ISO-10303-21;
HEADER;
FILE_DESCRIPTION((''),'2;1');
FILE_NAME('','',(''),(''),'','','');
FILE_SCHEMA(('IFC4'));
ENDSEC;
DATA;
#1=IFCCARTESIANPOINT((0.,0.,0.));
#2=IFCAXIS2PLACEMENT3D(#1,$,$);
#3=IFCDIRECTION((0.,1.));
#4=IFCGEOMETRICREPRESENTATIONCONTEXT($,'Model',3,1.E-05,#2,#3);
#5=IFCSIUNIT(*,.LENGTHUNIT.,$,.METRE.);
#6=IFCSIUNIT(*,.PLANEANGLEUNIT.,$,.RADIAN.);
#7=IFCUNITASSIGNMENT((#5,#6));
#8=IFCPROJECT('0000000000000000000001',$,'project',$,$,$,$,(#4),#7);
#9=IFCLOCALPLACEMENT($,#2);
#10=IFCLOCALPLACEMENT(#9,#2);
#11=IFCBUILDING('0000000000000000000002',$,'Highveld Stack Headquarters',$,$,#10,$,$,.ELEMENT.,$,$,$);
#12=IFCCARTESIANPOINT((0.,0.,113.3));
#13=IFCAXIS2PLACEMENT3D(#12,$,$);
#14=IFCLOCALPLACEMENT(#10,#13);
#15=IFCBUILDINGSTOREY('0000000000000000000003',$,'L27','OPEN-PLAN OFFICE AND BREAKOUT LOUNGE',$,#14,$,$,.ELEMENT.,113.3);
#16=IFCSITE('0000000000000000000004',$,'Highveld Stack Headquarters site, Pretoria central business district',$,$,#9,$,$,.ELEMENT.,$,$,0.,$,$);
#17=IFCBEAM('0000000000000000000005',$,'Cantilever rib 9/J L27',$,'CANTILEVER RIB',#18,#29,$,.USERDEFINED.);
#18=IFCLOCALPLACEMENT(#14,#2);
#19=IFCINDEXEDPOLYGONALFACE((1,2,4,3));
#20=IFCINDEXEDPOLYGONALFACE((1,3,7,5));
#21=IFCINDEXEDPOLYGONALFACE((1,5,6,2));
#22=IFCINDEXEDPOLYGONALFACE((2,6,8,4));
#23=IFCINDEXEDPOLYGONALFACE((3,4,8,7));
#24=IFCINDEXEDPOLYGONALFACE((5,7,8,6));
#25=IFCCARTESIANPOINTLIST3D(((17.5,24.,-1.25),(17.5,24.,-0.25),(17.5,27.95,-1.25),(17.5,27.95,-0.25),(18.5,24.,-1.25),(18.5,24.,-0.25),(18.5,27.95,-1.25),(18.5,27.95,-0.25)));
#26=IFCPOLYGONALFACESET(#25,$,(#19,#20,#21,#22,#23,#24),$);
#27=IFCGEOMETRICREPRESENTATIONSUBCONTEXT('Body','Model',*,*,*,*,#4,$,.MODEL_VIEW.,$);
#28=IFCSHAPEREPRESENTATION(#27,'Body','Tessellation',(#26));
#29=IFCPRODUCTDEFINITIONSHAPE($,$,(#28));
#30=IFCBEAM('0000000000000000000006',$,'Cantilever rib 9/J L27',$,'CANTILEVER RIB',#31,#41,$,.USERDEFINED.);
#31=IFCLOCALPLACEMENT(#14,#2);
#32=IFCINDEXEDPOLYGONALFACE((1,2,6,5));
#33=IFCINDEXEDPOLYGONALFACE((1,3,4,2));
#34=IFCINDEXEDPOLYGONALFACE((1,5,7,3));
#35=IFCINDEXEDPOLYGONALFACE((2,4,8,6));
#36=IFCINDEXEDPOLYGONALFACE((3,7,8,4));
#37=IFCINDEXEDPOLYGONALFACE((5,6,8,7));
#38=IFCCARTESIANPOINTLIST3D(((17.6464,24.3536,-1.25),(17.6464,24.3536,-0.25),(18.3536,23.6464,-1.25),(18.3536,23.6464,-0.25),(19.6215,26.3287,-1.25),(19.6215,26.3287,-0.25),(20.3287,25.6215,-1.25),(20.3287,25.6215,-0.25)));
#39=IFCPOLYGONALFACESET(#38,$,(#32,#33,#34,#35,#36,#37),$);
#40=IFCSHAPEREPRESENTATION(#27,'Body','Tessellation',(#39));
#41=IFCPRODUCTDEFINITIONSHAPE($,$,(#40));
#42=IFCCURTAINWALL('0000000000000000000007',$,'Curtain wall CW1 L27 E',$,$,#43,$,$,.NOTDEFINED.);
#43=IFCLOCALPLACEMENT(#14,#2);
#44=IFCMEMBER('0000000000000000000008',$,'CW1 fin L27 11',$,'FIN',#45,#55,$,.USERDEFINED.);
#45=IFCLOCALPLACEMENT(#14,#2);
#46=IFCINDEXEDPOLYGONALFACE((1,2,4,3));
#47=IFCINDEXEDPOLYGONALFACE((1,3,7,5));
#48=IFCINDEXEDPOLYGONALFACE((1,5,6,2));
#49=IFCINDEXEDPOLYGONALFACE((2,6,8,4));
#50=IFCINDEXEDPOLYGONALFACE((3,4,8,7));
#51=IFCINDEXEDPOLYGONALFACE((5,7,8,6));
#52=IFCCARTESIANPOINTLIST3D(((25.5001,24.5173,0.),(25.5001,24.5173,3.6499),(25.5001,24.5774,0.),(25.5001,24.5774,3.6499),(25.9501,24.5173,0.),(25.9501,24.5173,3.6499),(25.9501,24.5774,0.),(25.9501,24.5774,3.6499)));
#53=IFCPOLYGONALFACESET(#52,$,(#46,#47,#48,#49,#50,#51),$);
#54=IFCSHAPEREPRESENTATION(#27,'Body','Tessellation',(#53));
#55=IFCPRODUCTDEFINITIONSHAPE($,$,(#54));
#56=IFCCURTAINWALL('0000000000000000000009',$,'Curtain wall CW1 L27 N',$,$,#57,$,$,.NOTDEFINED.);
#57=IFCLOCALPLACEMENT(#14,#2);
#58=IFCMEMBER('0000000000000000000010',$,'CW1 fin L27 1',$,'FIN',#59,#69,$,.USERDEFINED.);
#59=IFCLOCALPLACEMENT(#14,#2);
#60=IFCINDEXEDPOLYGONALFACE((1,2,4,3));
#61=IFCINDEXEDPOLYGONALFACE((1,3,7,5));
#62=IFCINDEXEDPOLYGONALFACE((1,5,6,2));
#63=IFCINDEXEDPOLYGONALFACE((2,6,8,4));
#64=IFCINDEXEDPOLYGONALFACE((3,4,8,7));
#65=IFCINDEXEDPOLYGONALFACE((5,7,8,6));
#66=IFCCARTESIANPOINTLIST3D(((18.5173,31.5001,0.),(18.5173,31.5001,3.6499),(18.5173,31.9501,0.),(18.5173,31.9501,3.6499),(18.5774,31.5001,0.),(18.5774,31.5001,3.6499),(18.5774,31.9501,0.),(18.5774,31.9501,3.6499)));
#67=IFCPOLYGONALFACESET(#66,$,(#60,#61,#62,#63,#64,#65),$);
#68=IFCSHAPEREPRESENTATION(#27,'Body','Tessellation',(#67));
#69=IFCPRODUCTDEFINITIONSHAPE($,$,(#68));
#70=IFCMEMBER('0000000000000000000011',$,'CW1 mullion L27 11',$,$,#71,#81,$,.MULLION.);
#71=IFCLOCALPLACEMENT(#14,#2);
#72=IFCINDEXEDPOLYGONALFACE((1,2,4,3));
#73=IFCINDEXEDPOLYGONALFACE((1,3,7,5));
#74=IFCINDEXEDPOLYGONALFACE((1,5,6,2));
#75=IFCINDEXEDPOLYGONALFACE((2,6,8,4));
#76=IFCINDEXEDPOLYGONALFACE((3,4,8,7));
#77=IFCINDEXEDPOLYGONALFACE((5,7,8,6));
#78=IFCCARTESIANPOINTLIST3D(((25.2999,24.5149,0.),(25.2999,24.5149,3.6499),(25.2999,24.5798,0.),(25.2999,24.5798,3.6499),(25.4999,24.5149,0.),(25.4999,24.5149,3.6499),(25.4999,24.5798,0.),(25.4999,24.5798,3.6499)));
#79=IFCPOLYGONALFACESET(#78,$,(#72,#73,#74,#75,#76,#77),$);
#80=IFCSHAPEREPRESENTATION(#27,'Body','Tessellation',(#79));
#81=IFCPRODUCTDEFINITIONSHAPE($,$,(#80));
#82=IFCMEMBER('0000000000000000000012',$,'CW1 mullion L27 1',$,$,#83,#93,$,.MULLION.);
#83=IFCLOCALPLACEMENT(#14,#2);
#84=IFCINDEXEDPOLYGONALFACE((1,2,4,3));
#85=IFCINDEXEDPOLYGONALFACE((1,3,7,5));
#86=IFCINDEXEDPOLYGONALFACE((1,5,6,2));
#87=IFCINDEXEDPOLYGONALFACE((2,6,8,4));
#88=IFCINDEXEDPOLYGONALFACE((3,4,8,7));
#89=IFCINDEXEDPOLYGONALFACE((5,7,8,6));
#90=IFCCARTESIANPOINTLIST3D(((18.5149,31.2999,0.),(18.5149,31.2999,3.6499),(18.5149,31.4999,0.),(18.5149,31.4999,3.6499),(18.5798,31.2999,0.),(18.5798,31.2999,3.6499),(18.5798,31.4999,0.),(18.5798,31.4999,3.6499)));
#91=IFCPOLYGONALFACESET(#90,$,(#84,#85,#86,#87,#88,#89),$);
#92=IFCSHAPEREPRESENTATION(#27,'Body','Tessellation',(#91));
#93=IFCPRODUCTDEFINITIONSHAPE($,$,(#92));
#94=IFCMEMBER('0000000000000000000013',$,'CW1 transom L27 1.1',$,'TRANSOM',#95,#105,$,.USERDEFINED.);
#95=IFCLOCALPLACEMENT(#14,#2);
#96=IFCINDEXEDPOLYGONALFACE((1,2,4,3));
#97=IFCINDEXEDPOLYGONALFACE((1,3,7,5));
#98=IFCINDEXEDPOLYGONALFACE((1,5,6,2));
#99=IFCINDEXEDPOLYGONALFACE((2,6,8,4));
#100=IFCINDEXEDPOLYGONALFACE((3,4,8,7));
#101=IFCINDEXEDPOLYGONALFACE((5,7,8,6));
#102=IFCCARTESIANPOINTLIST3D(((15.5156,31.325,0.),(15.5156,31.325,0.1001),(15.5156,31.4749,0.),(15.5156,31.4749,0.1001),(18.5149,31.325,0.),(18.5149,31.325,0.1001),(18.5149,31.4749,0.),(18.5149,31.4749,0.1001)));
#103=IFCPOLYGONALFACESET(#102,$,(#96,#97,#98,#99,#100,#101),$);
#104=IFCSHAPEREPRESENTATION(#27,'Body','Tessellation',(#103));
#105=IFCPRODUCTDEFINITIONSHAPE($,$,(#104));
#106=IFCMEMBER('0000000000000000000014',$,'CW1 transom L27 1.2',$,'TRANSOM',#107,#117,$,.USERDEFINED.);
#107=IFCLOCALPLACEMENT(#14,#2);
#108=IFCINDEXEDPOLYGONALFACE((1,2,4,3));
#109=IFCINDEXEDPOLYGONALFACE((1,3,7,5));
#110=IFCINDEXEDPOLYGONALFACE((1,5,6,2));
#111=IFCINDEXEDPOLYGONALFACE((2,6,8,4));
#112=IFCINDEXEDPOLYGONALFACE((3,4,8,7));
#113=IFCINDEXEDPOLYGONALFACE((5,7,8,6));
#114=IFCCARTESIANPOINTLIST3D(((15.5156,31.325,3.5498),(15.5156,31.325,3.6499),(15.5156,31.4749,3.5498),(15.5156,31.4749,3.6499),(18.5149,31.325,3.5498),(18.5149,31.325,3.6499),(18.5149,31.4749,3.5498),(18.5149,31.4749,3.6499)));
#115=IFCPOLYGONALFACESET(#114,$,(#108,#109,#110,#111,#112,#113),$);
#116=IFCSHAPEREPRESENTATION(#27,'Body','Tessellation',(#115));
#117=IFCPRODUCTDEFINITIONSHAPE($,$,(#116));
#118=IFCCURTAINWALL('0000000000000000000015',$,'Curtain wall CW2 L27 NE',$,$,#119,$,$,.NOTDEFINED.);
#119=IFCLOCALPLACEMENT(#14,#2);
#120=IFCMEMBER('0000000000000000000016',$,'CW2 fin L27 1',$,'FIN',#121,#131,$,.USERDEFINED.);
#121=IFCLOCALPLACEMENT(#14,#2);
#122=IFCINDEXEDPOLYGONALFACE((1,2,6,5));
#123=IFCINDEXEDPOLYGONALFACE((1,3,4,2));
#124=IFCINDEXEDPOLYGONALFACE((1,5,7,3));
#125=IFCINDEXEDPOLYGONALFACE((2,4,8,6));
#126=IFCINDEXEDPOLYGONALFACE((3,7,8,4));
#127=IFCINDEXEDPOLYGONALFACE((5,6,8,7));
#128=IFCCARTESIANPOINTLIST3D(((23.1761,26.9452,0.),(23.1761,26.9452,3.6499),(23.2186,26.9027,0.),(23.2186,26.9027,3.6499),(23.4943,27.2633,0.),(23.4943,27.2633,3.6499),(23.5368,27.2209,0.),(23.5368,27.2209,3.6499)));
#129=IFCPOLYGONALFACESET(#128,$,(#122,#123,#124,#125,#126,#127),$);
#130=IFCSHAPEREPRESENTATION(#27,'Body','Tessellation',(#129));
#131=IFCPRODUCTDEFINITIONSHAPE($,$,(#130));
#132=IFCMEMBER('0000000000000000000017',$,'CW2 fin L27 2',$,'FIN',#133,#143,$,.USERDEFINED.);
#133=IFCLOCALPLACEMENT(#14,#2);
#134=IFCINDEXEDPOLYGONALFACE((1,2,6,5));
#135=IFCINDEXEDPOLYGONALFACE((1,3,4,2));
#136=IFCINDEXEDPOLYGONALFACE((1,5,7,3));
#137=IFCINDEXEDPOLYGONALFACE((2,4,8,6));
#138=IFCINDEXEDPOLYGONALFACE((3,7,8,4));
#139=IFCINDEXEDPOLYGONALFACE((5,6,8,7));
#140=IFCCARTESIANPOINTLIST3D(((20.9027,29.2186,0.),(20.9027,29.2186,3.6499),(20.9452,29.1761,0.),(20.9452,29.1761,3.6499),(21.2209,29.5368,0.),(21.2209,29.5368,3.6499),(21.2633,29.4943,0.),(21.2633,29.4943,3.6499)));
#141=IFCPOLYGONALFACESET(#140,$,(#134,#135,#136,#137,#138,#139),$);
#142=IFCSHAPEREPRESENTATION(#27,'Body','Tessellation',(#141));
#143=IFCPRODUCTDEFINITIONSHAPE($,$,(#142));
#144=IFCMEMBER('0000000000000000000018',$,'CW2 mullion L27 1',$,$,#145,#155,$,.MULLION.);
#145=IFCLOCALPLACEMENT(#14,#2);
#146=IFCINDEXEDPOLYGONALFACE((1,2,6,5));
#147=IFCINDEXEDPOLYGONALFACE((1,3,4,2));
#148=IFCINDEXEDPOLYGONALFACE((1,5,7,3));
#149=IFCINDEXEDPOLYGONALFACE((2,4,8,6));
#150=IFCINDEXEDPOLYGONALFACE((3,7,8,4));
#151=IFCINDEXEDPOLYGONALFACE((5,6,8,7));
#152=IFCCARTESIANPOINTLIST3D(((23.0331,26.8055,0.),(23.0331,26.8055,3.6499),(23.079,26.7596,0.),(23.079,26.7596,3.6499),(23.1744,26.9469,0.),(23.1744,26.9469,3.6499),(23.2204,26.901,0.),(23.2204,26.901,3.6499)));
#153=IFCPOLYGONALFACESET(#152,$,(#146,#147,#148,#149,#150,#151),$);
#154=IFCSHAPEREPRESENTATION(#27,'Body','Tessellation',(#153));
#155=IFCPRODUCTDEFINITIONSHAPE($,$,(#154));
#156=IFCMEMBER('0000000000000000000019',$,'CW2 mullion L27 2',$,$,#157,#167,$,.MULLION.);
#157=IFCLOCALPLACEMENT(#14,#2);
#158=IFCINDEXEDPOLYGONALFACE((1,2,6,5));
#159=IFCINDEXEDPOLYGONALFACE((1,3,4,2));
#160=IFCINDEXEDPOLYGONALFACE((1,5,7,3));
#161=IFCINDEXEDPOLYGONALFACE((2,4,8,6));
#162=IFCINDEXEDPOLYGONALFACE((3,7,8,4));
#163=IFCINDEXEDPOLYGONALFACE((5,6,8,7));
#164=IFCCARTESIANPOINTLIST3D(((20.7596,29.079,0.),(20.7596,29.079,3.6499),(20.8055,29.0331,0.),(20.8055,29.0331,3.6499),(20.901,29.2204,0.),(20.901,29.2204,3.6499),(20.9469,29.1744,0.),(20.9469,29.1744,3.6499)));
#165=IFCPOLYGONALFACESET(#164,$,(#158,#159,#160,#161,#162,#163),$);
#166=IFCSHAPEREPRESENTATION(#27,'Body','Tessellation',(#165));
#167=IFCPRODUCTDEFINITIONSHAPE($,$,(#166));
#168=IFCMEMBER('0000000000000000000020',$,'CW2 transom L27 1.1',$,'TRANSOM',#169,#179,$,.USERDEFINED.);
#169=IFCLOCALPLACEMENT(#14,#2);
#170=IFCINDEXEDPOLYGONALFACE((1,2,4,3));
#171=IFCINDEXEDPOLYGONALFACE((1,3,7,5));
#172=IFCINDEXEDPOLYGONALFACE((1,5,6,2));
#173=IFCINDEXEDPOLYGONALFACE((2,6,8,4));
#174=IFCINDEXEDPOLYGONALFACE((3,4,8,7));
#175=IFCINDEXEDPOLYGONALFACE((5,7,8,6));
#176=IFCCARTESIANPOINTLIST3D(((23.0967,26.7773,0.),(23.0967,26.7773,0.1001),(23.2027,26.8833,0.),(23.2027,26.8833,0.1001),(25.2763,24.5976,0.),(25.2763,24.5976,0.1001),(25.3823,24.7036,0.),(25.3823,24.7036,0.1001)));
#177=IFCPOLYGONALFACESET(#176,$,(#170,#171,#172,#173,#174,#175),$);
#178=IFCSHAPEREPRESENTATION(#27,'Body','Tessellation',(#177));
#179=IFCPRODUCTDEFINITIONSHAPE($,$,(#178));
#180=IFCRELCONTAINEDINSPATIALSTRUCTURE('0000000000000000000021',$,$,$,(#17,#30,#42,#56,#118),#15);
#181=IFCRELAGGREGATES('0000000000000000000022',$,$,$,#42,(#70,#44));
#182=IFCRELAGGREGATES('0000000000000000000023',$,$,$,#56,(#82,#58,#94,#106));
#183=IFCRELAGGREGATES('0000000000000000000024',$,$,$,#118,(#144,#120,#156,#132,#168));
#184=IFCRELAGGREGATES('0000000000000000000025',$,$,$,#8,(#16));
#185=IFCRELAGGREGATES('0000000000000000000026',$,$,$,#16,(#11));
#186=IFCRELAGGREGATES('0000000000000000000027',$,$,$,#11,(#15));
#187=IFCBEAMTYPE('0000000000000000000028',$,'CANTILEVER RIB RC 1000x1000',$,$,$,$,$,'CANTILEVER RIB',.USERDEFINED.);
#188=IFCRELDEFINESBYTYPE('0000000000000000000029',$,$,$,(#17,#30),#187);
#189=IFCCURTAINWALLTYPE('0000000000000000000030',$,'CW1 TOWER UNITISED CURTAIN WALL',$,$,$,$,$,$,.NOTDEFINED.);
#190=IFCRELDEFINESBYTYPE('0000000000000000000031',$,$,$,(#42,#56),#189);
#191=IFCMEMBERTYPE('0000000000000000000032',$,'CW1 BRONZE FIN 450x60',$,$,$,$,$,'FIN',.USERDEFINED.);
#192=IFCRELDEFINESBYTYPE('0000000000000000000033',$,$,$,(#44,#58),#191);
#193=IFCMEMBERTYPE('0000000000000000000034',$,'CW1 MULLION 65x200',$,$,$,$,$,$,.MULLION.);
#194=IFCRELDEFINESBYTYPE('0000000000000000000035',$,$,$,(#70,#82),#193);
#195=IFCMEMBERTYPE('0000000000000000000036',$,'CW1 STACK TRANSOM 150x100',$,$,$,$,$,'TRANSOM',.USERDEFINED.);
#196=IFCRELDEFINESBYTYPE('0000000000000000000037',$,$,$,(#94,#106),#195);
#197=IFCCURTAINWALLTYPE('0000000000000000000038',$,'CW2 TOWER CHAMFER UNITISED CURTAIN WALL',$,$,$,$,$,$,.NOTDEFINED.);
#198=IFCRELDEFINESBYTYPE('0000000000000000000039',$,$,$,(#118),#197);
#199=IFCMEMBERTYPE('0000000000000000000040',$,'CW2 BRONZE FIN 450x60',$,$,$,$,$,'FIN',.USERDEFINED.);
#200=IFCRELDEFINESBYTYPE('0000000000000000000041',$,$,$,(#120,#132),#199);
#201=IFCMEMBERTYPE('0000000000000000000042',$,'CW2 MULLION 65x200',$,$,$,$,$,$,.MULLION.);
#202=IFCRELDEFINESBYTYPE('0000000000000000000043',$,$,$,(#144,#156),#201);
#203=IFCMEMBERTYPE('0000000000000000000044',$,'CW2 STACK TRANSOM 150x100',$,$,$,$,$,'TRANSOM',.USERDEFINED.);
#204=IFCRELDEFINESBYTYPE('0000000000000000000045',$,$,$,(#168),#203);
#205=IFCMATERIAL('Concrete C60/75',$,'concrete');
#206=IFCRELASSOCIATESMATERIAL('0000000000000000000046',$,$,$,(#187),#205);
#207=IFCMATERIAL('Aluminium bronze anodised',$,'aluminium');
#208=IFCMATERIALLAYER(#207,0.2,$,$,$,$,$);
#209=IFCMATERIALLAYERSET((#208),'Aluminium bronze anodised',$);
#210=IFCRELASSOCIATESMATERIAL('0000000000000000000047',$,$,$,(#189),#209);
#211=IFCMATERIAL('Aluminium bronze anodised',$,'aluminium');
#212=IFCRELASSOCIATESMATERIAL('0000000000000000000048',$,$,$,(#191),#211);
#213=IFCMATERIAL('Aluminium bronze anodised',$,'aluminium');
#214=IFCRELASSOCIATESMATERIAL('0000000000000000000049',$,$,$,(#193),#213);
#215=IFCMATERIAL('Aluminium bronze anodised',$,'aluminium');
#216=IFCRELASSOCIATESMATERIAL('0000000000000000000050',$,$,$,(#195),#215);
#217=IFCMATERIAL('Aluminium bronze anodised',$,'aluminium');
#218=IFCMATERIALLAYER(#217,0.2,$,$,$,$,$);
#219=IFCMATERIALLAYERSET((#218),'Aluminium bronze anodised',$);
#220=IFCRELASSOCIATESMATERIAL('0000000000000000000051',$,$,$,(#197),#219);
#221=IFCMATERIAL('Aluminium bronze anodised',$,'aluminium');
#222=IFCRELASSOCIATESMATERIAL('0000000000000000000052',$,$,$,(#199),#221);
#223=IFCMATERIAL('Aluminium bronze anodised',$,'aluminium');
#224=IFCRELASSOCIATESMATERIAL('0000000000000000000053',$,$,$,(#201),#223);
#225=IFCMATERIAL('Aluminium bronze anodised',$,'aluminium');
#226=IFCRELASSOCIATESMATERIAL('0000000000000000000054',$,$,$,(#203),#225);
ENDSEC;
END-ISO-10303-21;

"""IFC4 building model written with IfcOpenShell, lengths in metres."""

from ifc_helpers import new_model, si_unit, direction, frame, origin, origin_2d, place, context, subcontext, project, spatial, rectangle, extrude, material, layer, layer_set, material_profile, profile_set, type_object, element, aggregate, save


model = new_model("IFC4")

# Units and contexts
model_context = context("Model", 3, precision=1e-05, world=origin(), true_north=direction((0.0, 1.0)))
body_context = subcontext(model_context, "Body", "Model", "MODEL_VIEW")
ifc_project = project(units=[si_unit("LENGTHUNIT", "METRE"), si_unit("PLANEANGLEUNIT", "RADIAN")], contexts=[model_context])

# Site, building, storey
site_placement = place(None, origin())
site = spatial("IfcSite", under=ifc_project, at=site_placement, Name="Highveld Stack Headquarters site, Pretoria central business district", CompositionType="ELEMENT", RefElevation=0.0)
building_placement = place(site_placement, origin())
building = spatial("IfcBuilding", under=site, at=building_placement, Name="Highveld Stack Headquarters", CompositionType="ELEMENT")
storey_placement = place(building_placement, frame((0.0, 0.0, 113.3)))
storey = spatial("IfcBuildingStorey", under=building, at=storey_placement, Name="L27", Description="OPEN-PLAN OFFICE AND BREAKOUT LOUNGE", CompositionType="ELEMENT", Elevation=113.3)

# Beams
ifc_material_1 = material(Name="Concrete C60/75", Category="concrete")
ifc_material_profile_1 = material_profile(ifc_material_1, rectangle(XDim=1.0, YDim=1.0, at=origin_2d()), Name="RC 1000x1000")
ifc_profile_set_1 = profile_set([ifc_material_profile_1], Name="Concrete C60/75")
beam_type_1 = type_object("IfcBeamType", Name="CANTILEVER RIB RC 1000x1000", ElementType="CANTILEVER RIB", PredefinedType="USERDEFINED", material=ifc_profile_set_1)
beam_1_placement = place(storey_placement, frame((18.0, 24.0, -0.75), z_axis=(0.0, 1.0, 0.0), x_axis=(-1.0, 0.0, 0.0)))
element("IfcBeam", 1, at=beam_1_placement, inside=storey, type_object=beam_type_1, Name="Cantilever rib 9/J L27", ObjectType="CANTILEVER RIB", PredefinedType="USERDEFINED", context=body_context, shape_type="SweptSolid", body=[
    extrude(rectangle(XDim=1.0, YDim=1.0, at=origin_2d()), origin(), (0.0, 0.0, 1.0), 3.95),
])
beam_2_placement = place(storey_placement, frame((18.0, 24.0, -0.75), z_axis=(0.707107, 0.707107, 0.0), x_axis=(-0.707107, 0.707107, 0.0)))
element("IfcBeam", 2, at=beam_2_placement, inside=storey, type_object=beam_type_1, Name="Cantilever rib 9/J L27", ObjectType="CANTILEVER RIB", PredefinedType="USERDEFINED", context=body_context, shape_type="SweptSolid", body=[
    extrude(rectangle(XDim=1.0, YDim=1.0, at=origin_2d()), origin(), (0.0, 0.0, 1.0), 2.7932),
])

# Curtain walls, members
ifc_material_2 = material(Name="Aluminium bronze anodised", Category="aluminium")
ifc_layer_1 = layer(ifc_material_2, 0.2)
ifc_layer_set_1 = layer_set([ifc_layer_1], Name="Aluminium bronze anodised")
curtain_wall_type_1 = type_object("IfcCurtainWallType", Name="CW1 TOWER UNITISED CURTAIN WALL", PredefinedType="NOTDEFINED", material=ifc_layer_set_1)
curtain_wall_1_placement = place(storey_placement, origin())
curtain_wall_1 = element("IfcCurtainWall", 3, at=curtain_wall_1_placement, inside=storey, type_object=curtain_wall_type_1, Name="Curtain wall CW1 L27 E", PredefinedType="NOTDEFINED")
ifc_material_3 = material(Name="Aluminium bronze anodised", Category="aluminium")
ifc_material_profile_2 = material_profile(ifc_material_3, rectangle(XDim=0.45, YDim=0.0601, at=origin_2d()), Name="FIN 450x60")
ifc_profile_set_2 = profile_set([ifc_material_profile_2], Name="Aluminium bronze anodised")
member_type_1 = type_object("IfcMemberType", Name="CW1 BRONZE FIN 450x60", ElementType="FIN", PredefinedType="USERDEFINED", material=ifc_profile_set_2)
member_1_placement = place(storey_placement, frame((25.7251, 24.5474, 0.0), z_axis=(0.0, 0.0, 1.0), x_axis=(-1.0, 0.0, 0.0)))
member_1 = element("IfcMember", 4, at=member_1_placement, type_object=member_type_1, Name="CW1 fin L27 11", ObjectType="FIN", PredefinedType="USERDEFINED", context=body_context, shape_type="SweptSolid", body=[
    extrude(rectangle(XDim=0.45, YDim=0.0601, at=origin_2d()), origin(), (0.0, 0.0, 1.0), 3.6499),
])
curtain_wall_2_placement = place(storey_placement, origin())
curtain_wall_2 = element("IfcCurtainWall", 5, at=curtain_wall_2_placement, inside=storey, type_object=curtain_wall_type_1, Name="Curtain wall CW1 L27 N", PredefinedType="NOTDEFINED")
member_2_placement = place(storey_placement, frame((18.5474, 31.7251, 0.0), z_axis=(0.0, 0.0, 1.0), x_axis=(0.0, -1.0, 0.0)))
member_2 = element("IfcMember", 6, at=member_2_placement, type_object=member_type_1, Name="CW1 fin L27 1", ObjectType="FIN", PredefinedType="USERDEFINED", context=body_context, shape_type="SweptSolid", body=[
    extrude(rectangle(XDim=0.45, YDim=0.0601, at=origin_2d()), origin(), (0.0, 0.0, 1.0), 3.6499),
])

# Members
ifc_material_4 = material(Name="Aluminium bronze anodised", Category="aluminium")
ifc_material_profile_3 = material_profile(ifc_material_4, rectangle(XDim=0.2, YDim=0.0649, at=origin_2d()), Name="CW1 MULLION 65x200")
ifc_profile_set_3 = profile_set([ifc_material_profile_3], Name="Aluminium bronze anodised")
member_type_2 = type_object("IfcMemberType", Name="CW1 MULLION 65x200", PredefinedType="MULLION", material=ifc_profile_set_3)
member_3_placement = place(storey_placement, frame((25.3999, 24.5474, 0.0), z_axis=(0.0, 0.0, 1.0), x_axis=(-1.0, 0.0, 0.0)))
member_3 = element("IfcMember", 7, at=member_3_placement, type_object=member_type_2, Name="CW1 mullion L27 11", PredefinedType="MULLION", context=body_context, shape_type="SweptSolid", body=[
    extrude(rectangle(XDim=0.2, YDim=0.0649, at=origin_2d()), origin(), (0.0, 0.0, 1.0), 3.6499),
])
aggregate(curtain_wall_1, [member_3, member_1])
member_4_placement = place(storey_placement, frame((18.5474, 31.3999, 0.0), z_axis=(0.0, 0.0, 1.0), x_axis=(0.0, -1.0, 0.0)))
member_4 = element("IfcMember", 8, at=member_4_placement, type_object=member_type_2, Name="CW1 mullion L27 1", PredefinedType="MULLION", context=body_context, shape_type="SweptSolid", body=[
    extrude(rectangle(XDim=0.2, YDim=0.0649, at=origin_2d()), origin(), (0.0, 0.0, 1.0), 3.6499),
])
ifc_material_5 = material(Name="Aluminium bronze anodised", Category="aluminium")
ifc_material_profile_4 = material_profile(ifc_material_5, rectangle(XDim=0.1499, YDim=0.1001, at=origin_2d()), Name="CW1 TRANSOM 150x100")
ifc_profile_set_4 = profile_set([ifc_material_profile_4], Name="Aluminium bronze anodised")
member_type_3 = type_object("IfcMemberType", Name="CW1 STACK TRANSOM 150x100", ElementType="TRANSOM", PredefinedType="USERDEFINED", material=ifc_profile_set_4)
member_5_placement = place(storey_placement, frame((18.5149, 31.3999, 0.05), z_axis=(-1.0, 0.0, 0.0), x_axis=(0.0, -1.0, 0.0)))
member_5 = element("IfcMember", 9, at=member_5_placement, type_object=member_type_3, Name="CW1 transom L27 1.1", ObjectType="TRANSOM", PredefinedType="USERDEFINED", context=body_context, shape_type="SweptSolid", body=[
    extrude(rectangle(XDim=0.1499, YDim=0.1001, at=origin_2d()), origin(), (0.0, 0.0, 1.0), 2.9993),
])
member_6_placement = place(storey_placement, frame((18.5149, 31.3999, 3.5999), z_axis=(-1.0, 0.0, 0.0), x_axis=(0.0, -1.0, 0.0)))
member_6 = element("IfcMember", 10, at=member_6_placement, type_object=member_type_3, Name="CW1 transom L27 1.2", ObjectType="TRANSOM", PredefinedType="USERDEFINED", context=body_context, shape_type="SweptSolid", body=[
    extrude(rectangle(XDim=0.1499, YDim=0.1001, at=origin_2d()), origin(), (0.0, 0.0, 1.0), 2.9993),
])
aggregate(curtain_wall_2, [member_4, member_2, member_5, member_6])

# Curtain wall, members
ifc_material_6 = material(Name="Aluminium bronze anodised", Category="aluminium")
ifc_layer_2 = layer(ifc_material_6, 0.2)
ifc_layer_set_2 = layer_set([ifc_layer_2], Name="Aluminium bronze anodised")
curtain_wall_type_2 = type_object("IfcCurtainWallType", Name="CW2 TOWER CHAMFER UNITISED CURTAIN WALL", PredefinedType="NOTDEFINED", material=ifc_layer_set_2)
curtain_wall_3_placement = place(storey_placement, origin())
curtain_wall_3 = element("IfcCurtainWall", 11, at=curtain_wall_3_placement, inside=storey, type_object=curtain_wall_type_2, Name="Curtain wall CW2 L27 NE", PredefinedType="NOTDEFINED")
ifc_material_7 = material(Name="Aluminium bronze anodised", Category="aluminium")
ifc_material_profile_5 = material_profile(ifc_material_7, rectangle(XDim=0.45, YDim=0.0601, at=origin_2d()), Name="FIN 450x60")
ifc_profile_set_5 = profile_set([ifc_material_profile_5], Name="Aluminium bronze anodised")
member_type_4 = type_object("IfcMemberType", Name="CW2 BRONZE FIN 450x60", ElementType="FIN", PredefinedType="USERDEFINED", material=ifc_profile_set_5)
member_7_placement = place(storey_placement, frame((23.3564, 27.083, 0.0), z_axis=(0.0, 0.0, 1.0), x_axis=(-0.707107, -0.707107, 0.0)))
member_7 = element("IfcMember", 12, at=member_7_placement, type_object=member_type_4, Name="CW2 fin L27 1", ObjectType="FIN", PredefinedType="USERDEFINED", context=body_context, shape_type="SweptSolid", body=[
    extrude(rectangle(XDim=0.45, YDim=0.0601, at=origin_2d()), origin(), (0.0, 0.0, 1.0), 3.6499),
])
member_8_placement = place(storey_placement, frame((21.083, 29.3564, 0.0), z_axis=(0.0, 0.0, 1.0), x_axis=(-0.707107, -0.707107, 0.0)))
member_8 = element("IfcMember", 13, at=member_8_placement, type_object=member_type_4, Name="CW2 fin L27 2", ObjectType="FIN", PredefinedType="USERDEFINED", context=body_context, shape_type="SweptSolid", body=[
    extrude(rectangle(XDim=0.45, YDim=0.0601, at=origin_2d()), origin(), (0.0, 0.0, 1.0), 3.6499),
])
ifc_material_8 = material(Name="Aluminium bronze anodised", Category="aluminium")
ifc_material_profile_6 = material_profile(ifc_material_8, rectangle(XDim=0.2, YDim=0.0649, at=origin_2d()), Name="CW2 MULLION 65x200")
ifc_profile_set_6 = profile_set([ifc_material_profile_6], Name="Aluminium bronze anodised")
member_type_5 = type_object("IfcMemberType", Name="CW2 MULLION 65x200", PredefinedType="MULLION", material=ifc_profile_set_6)
member_9_placement = place(storey_placement, frame((23.1267, 26.8533, 0.0), z_axis=(0.0, 0.0, 1.0), x_axis=(-0.707107, -0.707107, 0.0)))
member_9 = element("IfcMember", 14, at=member_9_placement, type_object=member_type_5, Name="CW2 mullion L27 1", PredefinedType="MULLION", context=body_context, shape_type="SweptSolid", body=[
    extrude(rectangle(XDim=0.2, YDim=0.0649, at=origin_2d()), origin(), (0.0, 0.0, 1.0), 3.6499),
])
member_10_placement = place(storey_placement, frame((20.8533, 29.1267, 0.0), z_axis=(0.0, 0.0, 1.0), x_axis=(-0.707107, -0.707107, 0.0)))
member_10 = element("IfcMember", 15, at=member_10_placement, type_object=member_type_5, Name="CW2 mullion L27 2", PredefinedType="MULLION", context=body_context, shape_type="SweptSolid", body=[
    extrude(rectangle(XDim=0.2, YDim=0.0649, at=origin_2d()), origin(), (0.0, 0.0, 1.0), 3.6499),
])
ifc_material_9 = material(Name="Aluminium bronze anodised", Category="aluminium")
ifc_material_profile_7 = material_profile(ifc_material_9, rectangle(XDim=0.1499, YDim=0.1001, at=origin_2d()), Name="CW2 TRANSOM 150x100")
ifc_profile_set_7 = profile_set([ifc_material_profile_7], Name="Aluminium bronze anodised")
member_type_6 = type_object("IfcMemberType", Name="CW2 STACK TRANSOM 150x100", ElementType="TRANSOM", PredefinedType="USERDEFINED", material=ifc_profile_set_7)
member_11_placement = place(storey_placement, frame((25.3293, 24.6506, 0.05), z_axis=(-0.707107, 0.707107, 0.0), x_axis=(-0.707107, -0.707107, 0.0)))
member_11 = element("IfcMember", 16, at=member_11_placement, type_object=member_type_6, Name="CW2 transom L27 1.1", ObjectType="TRANSOM", PredefinedType="USERDEFINED", context=body_context, shape_type="SweptSolid", body=[
    extrude(rectangle(XDim=0.1499, YDim=0.1001, at=origin_2d()), origin(), (0.0, 0.0, 1.0), 3.0825),
])

aggregate(curtain_wall_3, [member_9, member_7, member_10, member_8, member_11])

save(model, "model.ifc")
